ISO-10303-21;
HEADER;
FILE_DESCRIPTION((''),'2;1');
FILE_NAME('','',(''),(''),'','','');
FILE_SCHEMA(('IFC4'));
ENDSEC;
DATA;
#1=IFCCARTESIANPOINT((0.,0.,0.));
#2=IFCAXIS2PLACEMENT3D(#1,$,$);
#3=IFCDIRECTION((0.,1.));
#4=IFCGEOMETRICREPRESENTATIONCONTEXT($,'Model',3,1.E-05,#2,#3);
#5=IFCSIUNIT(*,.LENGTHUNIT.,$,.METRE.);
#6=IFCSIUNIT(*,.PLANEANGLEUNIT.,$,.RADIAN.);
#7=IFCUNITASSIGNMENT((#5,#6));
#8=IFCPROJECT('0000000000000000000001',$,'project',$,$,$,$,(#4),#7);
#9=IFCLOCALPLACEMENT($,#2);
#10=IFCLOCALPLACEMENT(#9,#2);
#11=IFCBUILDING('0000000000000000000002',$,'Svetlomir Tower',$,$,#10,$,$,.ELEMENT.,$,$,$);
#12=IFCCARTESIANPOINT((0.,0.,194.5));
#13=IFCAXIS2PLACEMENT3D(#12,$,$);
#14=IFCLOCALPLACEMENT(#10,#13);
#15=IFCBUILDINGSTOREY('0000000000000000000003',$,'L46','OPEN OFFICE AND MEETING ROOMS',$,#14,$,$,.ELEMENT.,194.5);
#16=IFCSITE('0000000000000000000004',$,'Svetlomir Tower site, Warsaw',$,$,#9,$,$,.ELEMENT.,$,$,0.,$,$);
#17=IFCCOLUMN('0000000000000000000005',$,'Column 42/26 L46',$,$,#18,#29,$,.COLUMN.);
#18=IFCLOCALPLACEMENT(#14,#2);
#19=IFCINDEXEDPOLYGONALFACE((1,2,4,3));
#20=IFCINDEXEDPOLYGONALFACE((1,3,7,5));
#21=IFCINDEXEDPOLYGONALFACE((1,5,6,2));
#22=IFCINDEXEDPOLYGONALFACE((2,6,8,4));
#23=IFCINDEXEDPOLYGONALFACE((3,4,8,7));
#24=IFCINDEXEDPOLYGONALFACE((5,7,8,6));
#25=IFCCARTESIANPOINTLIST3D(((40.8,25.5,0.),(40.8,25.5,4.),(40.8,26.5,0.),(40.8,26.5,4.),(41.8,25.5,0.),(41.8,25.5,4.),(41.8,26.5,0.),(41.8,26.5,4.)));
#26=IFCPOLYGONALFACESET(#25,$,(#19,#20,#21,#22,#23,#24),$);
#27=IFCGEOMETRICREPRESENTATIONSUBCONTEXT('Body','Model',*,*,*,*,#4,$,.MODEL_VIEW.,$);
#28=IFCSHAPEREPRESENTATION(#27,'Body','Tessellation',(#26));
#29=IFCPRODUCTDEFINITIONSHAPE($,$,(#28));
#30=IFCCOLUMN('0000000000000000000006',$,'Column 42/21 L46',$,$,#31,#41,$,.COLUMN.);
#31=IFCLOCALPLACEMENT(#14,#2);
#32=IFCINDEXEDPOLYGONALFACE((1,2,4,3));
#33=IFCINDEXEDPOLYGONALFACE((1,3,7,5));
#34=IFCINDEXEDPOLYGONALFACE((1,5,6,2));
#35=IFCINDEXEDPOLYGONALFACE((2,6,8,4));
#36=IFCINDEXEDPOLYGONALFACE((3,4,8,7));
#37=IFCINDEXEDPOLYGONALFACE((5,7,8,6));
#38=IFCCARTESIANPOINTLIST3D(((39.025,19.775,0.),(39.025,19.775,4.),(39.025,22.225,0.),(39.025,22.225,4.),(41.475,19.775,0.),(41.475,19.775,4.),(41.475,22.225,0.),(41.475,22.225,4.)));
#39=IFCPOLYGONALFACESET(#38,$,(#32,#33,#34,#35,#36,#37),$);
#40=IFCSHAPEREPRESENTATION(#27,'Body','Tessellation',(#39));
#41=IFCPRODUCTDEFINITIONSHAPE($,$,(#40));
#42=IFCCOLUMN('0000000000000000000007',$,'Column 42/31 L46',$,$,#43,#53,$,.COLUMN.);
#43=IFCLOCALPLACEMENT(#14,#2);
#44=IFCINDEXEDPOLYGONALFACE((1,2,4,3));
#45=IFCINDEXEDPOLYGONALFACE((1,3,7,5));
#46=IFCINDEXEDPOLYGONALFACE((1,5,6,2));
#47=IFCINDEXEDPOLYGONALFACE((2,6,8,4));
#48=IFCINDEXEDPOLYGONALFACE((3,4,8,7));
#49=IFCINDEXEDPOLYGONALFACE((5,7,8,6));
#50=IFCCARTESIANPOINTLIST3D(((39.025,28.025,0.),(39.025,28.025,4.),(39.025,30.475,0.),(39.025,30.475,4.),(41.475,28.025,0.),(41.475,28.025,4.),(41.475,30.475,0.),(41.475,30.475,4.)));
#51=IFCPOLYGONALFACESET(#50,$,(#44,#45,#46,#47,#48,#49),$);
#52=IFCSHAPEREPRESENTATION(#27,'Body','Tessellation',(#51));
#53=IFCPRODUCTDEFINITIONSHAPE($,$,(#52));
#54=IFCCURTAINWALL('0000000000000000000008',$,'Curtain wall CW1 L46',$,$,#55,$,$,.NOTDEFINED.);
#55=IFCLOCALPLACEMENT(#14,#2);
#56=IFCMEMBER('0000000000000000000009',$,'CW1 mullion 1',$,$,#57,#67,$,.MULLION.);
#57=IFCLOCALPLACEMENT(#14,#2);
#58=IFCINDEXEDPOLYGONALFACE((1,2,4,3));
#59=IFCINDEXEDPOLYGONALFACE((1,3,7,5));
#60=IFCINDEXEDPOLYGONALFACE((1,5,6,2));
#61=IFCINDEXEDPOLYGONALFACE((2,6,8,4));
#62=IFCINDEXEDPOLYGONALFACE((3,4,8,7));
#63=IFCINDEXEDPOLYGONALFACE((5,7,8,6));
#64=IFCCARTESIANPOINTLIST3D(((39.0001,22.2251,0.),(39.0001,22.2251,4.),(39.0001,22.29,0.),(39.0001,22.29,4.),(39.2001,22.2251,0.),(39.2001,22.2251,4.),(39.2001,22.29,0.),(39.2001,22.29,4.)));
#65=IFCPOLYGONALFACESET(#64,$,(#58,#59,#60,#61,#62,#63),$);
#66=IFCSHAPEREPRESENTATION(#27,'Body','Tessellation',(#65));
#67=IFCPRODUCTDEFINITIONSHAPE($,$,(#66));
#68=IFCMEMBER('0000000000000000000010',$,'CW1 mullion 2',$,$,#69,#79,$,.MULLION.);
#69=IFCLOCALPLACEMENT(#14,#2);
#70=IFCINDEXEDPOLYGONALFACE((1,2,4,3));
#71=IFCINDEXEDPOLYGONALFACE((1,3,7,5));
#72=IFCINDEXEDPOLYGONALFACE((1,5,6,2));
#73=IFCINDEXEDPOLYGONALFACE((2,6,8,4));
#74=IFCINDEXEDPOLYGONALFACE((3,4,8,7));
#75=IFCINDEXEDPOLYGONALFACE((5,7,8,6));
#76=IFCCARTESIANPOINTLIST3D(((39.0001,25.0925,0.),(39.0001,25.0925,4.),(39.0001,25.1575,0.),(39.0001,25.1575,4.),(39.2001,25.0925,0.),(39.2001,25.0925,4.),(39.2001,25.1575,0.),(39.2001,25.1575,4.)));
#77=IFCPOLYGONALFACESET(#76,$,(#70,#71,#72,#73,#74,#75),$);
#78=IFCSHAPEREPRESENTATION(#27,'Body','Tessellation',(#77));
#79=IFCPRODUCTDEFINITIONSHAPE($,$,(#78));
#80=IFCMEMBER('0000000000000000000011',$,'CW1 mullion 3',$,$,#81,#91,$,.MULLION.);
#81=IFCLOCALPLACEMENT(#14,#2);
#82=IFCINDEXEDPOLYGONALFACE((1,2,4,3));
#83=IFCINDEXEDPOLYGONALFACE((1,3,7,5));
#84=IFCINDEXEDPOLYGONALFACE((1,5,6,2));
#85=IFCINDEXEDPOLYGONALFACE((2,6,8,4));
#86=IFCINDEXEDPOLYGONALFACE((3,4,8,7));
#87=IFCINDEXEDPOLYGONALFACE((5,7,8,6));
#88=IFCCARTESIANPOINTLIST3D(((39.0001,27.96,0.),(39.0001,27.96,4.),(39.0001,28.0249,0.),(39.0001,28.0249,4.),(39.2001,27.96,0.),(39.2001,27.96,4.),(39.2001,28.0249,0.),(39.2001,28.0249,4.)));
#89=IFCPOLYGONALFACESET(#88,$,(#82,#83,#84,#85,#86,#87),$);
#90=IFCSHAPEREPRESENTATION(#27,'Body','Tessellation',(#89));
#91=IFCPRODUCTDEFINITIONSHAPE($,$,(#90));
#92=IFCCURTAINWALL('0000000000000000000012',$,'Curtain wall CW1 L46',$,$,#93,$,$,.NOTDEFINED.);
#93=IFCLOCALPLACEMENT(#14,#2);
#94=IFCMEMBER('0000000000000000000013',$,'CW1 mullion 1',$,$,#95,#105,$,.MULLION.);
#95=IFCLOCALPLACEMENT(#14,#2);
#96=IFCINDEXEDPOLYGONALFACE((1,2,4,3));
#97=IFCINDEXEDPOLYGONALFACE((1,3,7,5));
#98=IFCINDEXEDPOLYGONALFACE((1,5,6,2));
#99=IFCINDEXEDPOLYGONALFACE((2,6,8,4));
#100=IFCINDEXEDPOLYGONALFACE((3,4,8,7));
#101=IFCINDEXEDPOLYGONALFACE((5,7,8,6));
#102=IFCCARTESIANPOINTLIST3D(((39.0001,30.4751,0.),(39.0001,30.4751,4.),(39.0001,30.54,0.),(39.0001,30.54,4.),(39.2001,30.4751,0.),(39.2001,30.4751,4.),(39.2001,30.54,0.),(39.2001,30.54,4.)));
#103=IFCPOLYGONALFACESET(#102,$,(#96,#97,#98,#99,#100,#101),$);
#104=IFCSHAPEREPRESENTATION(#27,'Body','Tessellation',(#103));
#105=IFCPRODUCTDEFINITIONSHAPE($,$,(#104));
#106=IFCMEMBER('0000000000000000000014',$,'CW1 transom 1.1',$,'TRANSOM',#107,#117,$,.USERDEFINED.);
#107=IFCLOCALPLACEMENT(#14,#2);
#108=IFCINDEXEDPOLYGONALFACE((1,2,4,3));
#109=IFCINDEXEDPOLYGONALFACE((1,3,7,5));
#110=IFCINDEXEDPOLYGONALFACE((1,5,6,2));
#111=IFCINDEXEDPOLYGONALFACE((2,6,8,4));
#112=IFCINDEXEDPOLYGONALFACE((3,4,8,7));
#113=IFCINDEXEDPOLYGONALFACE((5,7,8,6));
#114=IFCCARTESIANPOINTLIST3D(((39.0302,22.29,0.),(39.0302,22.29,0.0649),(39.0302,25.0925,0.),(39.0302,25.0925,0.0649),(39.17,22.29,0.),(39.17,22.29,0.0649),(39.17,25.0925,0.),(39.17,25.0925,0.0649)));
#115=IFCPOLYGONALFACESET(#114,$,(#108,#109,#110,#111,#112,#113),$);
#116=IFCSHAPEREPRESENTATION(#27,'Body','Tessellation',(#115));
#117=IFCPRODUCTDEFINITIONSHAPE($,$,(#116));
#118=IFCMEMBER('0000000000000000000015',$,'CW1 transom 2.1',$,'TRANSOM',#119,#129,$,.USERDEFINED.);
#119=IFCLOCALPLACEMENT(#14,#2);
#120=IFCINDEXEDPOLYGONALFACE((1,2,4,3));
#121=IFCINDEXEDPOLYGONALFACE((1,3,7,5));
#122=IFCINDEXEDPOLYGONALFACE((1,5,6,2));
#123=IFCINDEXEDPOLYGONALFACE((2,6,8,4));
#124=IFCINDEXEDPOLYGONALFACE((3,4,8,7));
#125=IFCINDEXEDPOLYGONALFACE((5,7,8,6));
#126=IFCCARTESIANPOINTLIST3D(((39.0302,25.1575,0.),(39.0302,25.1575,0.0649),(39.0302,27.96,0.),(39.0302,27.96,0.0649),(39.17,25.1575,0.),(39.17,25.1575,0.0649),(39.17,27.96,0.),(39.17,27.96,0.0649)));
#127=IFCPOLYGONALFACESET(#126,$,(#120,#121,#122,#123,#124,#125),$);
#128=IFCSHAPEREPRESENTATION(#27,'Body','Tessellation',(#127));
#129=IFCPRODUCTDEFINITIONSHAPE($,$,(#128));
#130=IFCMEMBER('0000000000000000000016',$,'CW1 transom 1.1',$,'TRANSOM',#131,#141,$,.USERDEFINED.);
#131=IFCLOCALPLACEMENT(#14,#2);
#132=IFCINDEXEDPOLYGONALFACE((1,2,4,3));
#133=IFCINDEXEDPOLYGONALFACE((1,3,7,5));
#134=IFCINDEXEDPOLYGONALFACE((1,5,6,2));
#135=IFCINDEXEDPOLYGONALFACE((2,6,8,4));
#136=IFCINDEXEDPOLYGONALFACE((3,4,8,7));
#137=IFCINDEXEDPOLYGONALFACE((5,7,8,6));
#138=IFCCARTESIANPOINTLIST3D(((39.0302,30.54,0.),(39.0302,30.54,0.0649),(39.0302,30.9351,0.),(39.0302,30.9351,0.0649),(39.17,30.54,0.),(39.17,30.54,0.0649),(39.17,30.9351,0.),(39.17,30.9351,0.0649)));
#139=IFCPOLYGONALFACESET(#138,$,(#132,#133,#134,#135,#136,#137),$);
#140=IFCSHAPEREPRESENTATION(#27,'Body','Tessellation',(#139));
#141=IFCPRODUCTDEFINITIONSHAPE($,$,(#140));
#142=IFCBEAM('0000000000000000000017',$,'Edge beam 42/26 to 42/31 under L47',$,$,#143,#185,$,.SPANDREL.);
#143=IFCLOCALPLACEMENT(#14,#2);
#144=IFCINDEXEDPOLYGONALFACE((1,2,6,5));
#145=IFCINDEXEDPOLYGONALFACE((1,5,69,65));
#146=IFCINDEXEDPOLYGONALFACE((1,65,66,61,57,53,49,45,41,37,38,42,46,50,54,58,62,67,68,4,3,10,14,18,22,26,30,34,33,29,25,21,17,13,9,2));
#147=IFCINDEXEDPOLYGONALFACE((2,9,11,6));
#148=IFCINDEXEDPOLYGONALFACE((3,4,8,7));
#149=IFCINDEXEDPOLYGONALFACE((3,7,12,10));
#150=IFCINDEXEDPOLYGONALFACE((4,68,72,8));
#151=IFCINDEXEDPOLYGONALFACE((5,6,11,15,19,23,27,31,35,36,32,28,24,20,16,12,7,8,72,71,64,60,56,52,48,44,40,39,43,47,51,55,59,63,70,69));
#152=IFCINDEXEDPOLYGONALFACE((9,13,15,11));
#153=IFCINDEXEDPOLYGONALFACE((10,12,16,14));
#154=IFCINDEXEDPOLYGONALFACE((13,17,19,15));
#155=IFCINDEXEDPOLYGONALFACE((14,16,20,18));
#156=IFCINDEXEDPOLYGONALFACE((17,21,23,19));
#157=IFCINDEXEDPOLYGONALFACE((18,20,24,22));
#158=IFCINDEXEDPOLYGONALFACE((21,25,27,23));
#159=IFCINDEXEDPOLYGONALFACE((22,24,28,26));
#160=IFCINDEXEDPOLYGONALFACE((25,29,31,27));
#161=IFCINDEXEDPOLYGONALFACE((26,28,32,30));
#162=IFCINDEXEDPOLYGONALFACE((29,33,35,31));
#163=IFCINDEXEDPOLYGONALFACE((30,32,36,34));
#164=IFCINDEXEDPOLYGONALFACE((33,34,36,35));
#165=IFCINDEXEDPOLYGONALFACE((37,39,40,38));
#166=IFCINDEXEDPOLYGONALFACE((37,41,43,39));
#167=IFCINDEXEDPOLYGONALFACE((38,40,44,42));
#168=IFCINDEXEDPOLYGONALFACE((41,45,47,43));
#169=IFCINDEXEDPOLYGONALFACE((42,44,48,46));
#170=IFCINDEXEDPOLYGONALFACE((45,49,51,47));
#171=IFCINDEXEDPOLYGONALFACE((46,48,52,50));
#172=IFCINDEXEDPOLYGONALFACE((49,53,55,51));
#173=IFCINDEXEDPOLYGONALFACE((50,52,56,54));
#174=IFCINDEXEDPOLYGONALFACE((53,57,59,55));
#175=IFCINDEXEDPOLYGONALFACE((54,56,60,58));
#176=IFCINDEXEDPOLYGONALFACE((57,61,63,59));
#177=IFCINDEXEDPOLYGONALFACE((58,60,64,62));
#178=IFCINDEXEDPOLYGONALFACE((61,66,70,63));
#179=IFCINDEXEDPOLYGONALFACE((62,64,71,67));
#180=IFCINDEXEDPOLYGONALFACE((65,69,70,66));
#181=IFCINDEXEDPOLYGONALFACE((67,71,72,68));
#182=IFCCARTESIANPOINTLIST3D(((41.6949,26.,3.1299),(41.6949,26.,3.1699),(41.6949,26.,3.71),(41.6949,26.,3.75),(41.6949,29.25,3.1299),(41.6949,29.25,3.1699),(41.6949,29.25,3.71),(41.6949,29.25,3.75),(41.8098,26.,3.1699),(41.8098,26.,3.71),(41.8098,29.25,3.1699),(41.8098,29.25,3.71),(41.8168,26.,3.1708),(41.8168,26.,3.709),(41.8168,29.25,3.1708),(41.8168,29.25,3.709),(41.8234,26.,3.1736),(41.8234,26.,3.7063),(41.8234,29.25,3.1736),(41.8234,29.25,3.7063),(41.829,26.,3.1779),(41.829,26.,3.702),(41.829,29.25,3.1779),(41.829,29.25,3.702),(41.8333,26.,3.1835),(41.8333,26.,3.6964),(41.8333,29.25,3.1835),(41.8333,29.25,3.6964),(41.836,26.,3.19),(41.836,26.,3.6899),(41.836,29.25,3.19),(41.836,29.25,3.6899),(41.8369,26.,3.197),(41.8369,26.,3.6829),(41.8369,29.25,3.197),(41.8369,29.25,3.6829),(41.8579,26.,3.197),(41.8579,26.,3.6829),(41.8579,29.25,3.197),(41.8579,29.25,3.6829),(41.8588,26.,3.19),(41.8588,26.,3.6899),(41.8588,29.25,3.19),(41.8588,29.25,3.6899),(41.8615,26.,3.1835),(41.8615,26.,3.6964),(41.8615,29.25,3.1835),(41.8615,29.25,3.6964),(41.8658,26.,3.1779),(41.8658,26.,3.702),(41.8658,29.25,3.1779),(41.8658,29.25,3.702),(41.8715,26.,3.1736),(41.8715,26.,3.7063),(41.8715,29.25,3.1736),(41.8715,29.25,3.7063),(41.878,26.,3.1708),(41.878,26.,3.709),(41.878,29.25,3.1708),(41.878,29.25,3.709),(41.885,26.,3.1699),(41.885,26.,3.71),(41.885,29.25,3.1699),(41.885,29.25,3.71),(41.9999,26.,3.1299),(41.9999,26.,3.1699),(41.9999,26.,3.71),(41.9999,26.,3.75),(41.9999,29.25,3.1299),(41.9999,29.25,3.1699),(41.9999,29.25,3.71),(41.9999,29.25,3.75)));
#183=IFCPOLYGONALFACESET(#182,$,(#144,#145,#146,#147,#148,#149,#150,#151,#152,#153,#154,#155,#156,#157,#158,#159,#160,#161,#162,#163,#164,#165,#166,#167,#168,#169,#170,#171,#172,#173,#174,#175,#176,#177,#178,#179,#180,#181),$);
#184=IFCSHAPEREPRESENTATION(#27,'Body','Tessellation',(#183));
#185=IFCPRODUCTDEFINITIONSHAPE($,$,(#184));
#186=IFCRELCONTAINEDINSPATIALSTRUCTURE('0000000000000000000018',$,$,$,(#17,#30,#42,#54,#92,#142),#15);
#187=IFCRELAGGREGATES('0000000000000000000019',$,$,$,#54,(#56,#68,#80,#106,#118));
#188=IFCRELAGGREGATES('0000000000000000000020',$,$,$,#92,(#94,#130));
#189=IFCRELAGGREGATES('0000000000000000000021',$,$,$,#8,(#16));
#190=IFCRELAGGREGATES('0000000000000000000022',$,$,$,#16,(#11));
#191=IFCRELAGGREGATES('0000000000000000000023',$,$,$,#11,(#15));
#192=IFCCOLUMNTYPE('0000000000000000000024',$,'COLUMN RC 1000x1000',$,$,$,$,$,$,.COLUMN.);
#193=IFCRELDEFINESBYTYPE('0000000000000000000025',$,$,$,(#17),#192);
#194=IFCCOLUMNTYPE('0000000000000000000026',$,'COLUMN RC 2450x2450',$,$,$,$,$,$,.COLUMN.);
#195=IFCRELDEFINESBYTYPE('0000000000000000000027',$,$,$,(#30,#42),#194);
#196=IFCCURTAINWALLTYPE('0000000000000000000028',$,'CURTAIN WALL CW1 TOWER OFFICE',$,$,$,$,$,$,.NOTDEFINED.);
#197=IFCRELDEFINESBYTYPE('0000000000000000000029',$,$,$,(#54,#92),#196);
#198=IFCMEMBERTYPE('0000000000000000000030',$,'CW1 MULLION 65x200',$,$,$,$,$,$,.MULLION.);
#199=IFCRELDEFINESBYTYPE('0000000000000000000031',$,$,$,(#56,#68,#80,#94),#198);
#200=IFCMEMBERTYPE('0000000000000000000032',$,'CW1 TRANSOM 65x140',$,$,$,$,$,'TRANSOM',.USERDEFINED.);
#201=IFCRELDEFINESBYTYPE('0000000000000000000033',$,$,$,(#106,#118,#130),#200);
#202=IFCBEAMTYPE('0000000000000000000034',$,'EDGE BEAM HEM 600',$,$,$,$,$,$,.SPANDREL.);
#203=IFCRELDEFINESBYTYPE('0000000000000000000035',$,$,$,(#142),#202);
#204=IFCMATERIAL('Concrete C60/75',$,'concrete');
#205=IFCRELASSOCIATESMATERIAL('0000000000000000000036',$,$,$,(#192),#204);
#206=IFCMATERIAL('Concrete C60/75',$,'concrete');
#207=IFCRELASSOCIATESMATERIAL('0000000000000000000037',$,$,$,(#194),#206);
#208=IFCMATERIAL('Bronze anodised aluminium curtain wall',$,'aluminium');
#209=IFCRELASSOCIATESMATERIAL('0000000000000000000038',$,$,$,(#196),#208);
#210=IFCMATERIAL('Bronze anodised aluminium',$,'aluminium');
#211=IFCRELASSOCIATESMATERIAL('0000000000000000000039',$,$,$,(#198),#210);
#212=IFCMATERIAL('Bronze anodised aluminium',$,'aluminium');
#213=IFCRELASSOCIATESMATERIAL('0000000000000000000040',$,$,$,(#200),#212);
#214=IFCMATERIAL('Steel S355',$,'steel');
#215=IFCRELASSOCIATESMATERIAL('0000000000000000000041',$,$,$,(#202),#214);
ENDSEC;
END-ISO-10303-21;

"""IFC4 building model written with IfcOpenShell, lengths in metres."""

from ifc_helpers import new_model, si_unit, direction, frame, origin, origin_2d, place, context, subcontext, project, spatial, rectangle, i_section, extrude, material, material_profile, profile_set, type_object, element, aggregate, save


model = new_model("IFC4")

# Units and contexts
model_context = context("Model", 3, precision=1e-05, world=origin(), true_north=direction((0.0, 1.0)))
body_context = subcontext(model_context, "Body", "Model", "MODEL_VIEW")
ifc_project = project(units=[si_unit("LENGTHUNIT", "METRE"), si_unit("PLANEANGLEUNIT", "RADIAN")], contexts=[model_context])

# Site, building, storey
site_placement = place(None, origin())
site = spatial("IfcSite", under=ifc_project, at=site_placement, Name="Svetlomir Tower site, Warsaw", CompositionType="ELEMENT", RefElevation=0.0)
building_placement = place(site_placement, origin())
building = spatial("IfcBuilding", under=site, at=building_placement, Name="Svetlomir Tower", CompositionType="ELEMENT")
storey_placement = place(building_placement, frame((0.0, 0.0, 194.5)))
storey = spatial("IfcBuildingStorey", under=building, at=storey_placement, Name="L46", Description="OPEN OFFICE AND MEETING ROOMS", CompositionType="ELEMENT", Elevation=194.5)

# Columns
ifc_material_1 = material(Name="Concrete C60/75", Category="concrete")
ifc_material_profile_1 = material_profile(ifc_material_1, rectangle(XDim=1.0, YDim=1.0, at=origin_2d()), Name="RC 1000x1000")
ifc_profile_set_1 = profile_set([ifc_material_profile_1], Name="Concrete C60/75")
column_type_1 = type_object("IfcColumnType", Name="COLUMN RC 1000x1000", PredefinedType="COLUMN", material=ifc_profile_set_1)
column_placement = place(storey_placement, frame((41.3, 26.0, 0.0), z_axis=(0.0, 0.0, 1.0), x_axis=(1.0, 0.0, 0.0)))
element("IfcColumn", 1, at=column_placement, inside=storey, type_object=column_type_1, Name="Column 42/26 L46", PredefinedType="COLUMN", context=body_context, shape_type="SweptSolid", body=[
    extrude(rectangle(XDim=1.0, YDim=1.0, at=origin_2d()), origin(), (0.0, 0.0, 1.0), 4.0),
])
ifc_material_2 = material(Name="Concrete C60/75", Category="concrete")
ifc_material_profile_2 = material_profile(ifc_material_2, rectangle(XDim=2.45, YDim=2.45, at=origin_2d()), Name="RC 2450x2450")
ifc_profile_set_2 = profile_set([ifc_material_profile_2], Name="Concrete C60/75")
column_type_2 = type_object("IfcColumnType", Name="COLUMN RC 2450x2450", PredefinedType="COLUMN", material=ifc_profile_set_2)
for number, where, z_axis, x_axis, name in (
    (2, (40.25, 21.0, 0.0), (0.0, 0.0, 1.0), (1.0, 0.0, 0.0), "Column 42/21 L46"),
    (3, (40.25, 29.25, 0.0), (0.0, 0.0, 1.0), (1.0, 0.0, 0.0), "Column 42/31 L46"),
):
    element("IfcColumn", number, at=place(storey_placement, frame(where, z_axis=z_axis, x_axis=x_axis)), inside=storey, type_object=column_type_2, Name=name, PredefinedType="COLUMN", context=body_context, shape_type="SweptSolid", body=[
        extrude(rectangle(XDim=2.45, YDim=2.45, at=origin_2d()), origin(), (0.0, 0.0, 1.0), 4.0),
    ])

# Curtain wall, members
ifc_material_3 = material(Name="Bronze anodised aluminium curtain wall", Category="aluminium")
curtain_wall_type = type_object("IfcCurtainWallType", Name="CURTAIN WALL CW1 TOWER OFFICE", PredefinedType="NOTDEFINED", material=ifc_material_3)
curtain_wall_1_placement = place(storey_placement, origin())
curtain_wall_1 = element("IfcCurtainWall", 4, at=curtain_wall_1_placement, inside=storey, type_object=curtain_wall_type, Name="Curtain wall CW1 L46", PredefinedType="NOTDEFINED")
ifc_material_4 = material(Name="Bronze anodised aluminium", Category="aluminium")
ifc_material_profile_3 = material_profile(ifc_material_4, rectangle(XDim=0.0649, YDim=0.2, at=origin_2d()), Name="AL 65x200")
ifc_profile_set_3 = profile_set([ifc_material_profile_3], Name="Bronze anodised aluminium 6063-T6")
member_type_1 = type_object("IfcMemberType", Name="CW1 MULLION 65x200", PredefinedType="MULLION", material=ifc_profile_set_3)
member_1_placement = place(storey_placement, frame((39.1001, 22.2576, 0.0), z_axis=(0.0, 0.0, 1.0), x_axis=(0.0, 1.0, 0.0)))
member_1 = element("IfcMember", 5, at=member_1_placement, type_object=member_type_1, Name="CW1 mullion 1", PredefinedType="MULLION", context=body_context, shape_type="SweptSolid", body=[
    extrude(rectangle(XDim=0.0649, YDim=0.2, at=origin_2d()), origin(), (0.0, 0.0, 1.0), 4.0),
])
member_2_placement = place(storey_placement, frame((39.1001, 25.125, 0.0), z_axis=(0.0, 0.0, 1.0), x_axis=(0.0, 1.0, 0.0)))
member_2 = element("IfcMember", 6, at=member_2_placement, type_object=member_type_1, Name="CW1 mullion 2", PredefinedType="MULLION", context=body_context, shape_type="SweptSolid", body=[
    extrude(rectangle(XDim=0.0649, YDim=0.2, at=origin_2d()), origin(), (0.0, 0.0, 1.0), 4.0),
])
member_3_placement = place(storey_placement, frame((39.1001, 27.9924, 0.0), z_axis=(0.0, 0.0, 1.0), x_axis=(0.0, 1.0, 0.0)))
member_3 = element("IfcMember", 7, at=member_3_placement, type_object=member_type_1, Name="CW1 mullion 3", PredefinedType="MULLION", context=body_context, shape_type="SweptSolid", body=[
    extrude(rectangle(XDim=0.0649, YDim=0.2, at=origin_2d()), origin(), (0.0, 0.0, 1.0), 4.0),
])

# Curtain wall, member
curtain_wall_2_placement = place(storey_placement, origin())
curtain_wall_2 = element("IfcCurtainWall", 8, at=curtain_wall_2_placement, inside=storey, type_object=curtain_wall_type, Name="Curtain wall CW1 L46", PredefinedType="NOTDEFINED")
member_4_placement = place(storey_placement, frame((39.1001, 30.5076, 0.0), z_axis=(0.0, 0.0, 1.0), x_axis=(0.0, 1.0, 0.0)))
member_4 = element("IfcMember", 9, at=member_4_placement, type_object=member_type_1, Name="CW1 mullion 1", PredefinedType="MULLION", context=body_context, shape_type="SweptSolid", body=[
    extrude(rectangle(XDim=0.0649, YDim=0.2, at=origin_2d()), origin(), (0.0, 0.0, 1.0), 4.0),
])

# Members
ifc_material_5 = material(Name="Bronze anodised aluminium", Category="aluminium")
ifc_material_profile_4 = material_profile(ifc_material_5, rectangle(XDim=0.1399, YDim=0.0649, at=origin_2d()), Name="AL 140x65")
ifc_profile_set_4 = profile_set([ifc_material_profile_4], Name="Bronze anodised aluminium 6063-T6")
member_type_2 = type_object("IfcMemberType", Name="CW1 TRANSOM 65x140", ElementType="TRANSOM", PredefinedType="USERDEFINED", material=ifc_profile_set_4)
member_5_placement = place(storey_placement, frame((39.1001, 22.29, 0.0325), z_axis=(0.0, 1.0, 0.0), x_axis=(-1.0, 0.0, 0.0)))
member_5 = element("IfcMember", 10, at=member_5_placement, type_object=member_type_2, Name="CW1 transom 1.1", ObjectType="TRANSOM", PredefinedType="USERDEFINED", context=body_context, shape_type="SweptSolid", body=[
    extrude(rectangle(XDim=0.1399, YDim=0.0649, at=origin_2d()), origin(), (0.0, 0.0, 1.0), 2.8025),
])
member_6_placement = place(storey_placement, frame((39.1001, 25.1575, 0.0325), z_axis=(0.0, 1.0, 0.0), x_axis=(-1.0, 0.0, 0.0)))
member_6 = element("IfcMember", 11, at=member_6_placement, type_object=member_type_2, Name="CW1 transom 2.1", ObjectType="TRANSOM", PredefinedType="USERDEFINED", context=body_context, shape_type="SweptSolid", body=[
    extrude(rectangle(XDim=0.1399, YDim=0.0649, at=origin_2d()), origin(), (0.0, 0.0, 1.0), 2.8025),
])
member_7_placement = place(storey_placement, frame((39.1001, 30.54, 0.0325), z_axis=(0.0, 1.0, 0.0), x_axis=(-1.0, 0.0, 0.0)))
member_7 = element("IfcMember", 12, at=member_7_placement, type_object=member_type_2, Name="CW1 transom 1.1", ObjectType="TRANSOM", PredefinedType="USERDEFINED", context=body_context, shape_type="SweptSolid", body=[
    extrude(rectangle(XDim=0.1399, YDim=0.0649, at=origin_2d()), origin(), (0.0, 0.0, 1.0), 0.395),
])

# Beam
ifc_material_6 = material(Name="Steel S355", Category="steel")
ifc_material_profile_5 = material_profile(ifc_material_6, i_section(OverallWidth=0.3049, OverallDepth=0.6201, WebThickness=0.021, FlangeThickness=0.04, FilletRadius=0.0271, at=origin_2d()), Name="HEM 600")
ifc_profile_set_5 = profile_set([ifc_material_profile_5], Name="Steel S355")
beam_type_1 = type_object("IfcBeamType", Name="EDGE BEAM HEM 600", PredefinedType="SPANDREL", material=ifc_profile_set_5)
beam_1_placement = place(storey_placement, frame((41.8474, 26.0, 3.4399), z_axis=(0.0, 1.0, 0.0), x_axis=(-1.0, 0.0, 0.0)))
element("IfcBeam", 13, at=beam_1_placement, inside=storey, type_object=beam_type_1, Name="Edge beam 42/26 to 42/31 under L47", PredefinedType="SPANDREL", context=body_context, shape_type="SweptSolid", body=[
    extrude(i_section(OverallWidth=0.3049, OverallDepth=0.6201, WebThickness=0.021, FlangeThickness=0.04, FilletRadius=0.0271, at=origin_2d()), origin(), (0.0, 0.0, 1.0), 3.25),
])

aggregate(curtain_wall_1, [member_1, member_2, member_3, member_5, member_6])
aggregate(curtain_wall_2, [member_4, member_7])

save(model, "model.ifc")
